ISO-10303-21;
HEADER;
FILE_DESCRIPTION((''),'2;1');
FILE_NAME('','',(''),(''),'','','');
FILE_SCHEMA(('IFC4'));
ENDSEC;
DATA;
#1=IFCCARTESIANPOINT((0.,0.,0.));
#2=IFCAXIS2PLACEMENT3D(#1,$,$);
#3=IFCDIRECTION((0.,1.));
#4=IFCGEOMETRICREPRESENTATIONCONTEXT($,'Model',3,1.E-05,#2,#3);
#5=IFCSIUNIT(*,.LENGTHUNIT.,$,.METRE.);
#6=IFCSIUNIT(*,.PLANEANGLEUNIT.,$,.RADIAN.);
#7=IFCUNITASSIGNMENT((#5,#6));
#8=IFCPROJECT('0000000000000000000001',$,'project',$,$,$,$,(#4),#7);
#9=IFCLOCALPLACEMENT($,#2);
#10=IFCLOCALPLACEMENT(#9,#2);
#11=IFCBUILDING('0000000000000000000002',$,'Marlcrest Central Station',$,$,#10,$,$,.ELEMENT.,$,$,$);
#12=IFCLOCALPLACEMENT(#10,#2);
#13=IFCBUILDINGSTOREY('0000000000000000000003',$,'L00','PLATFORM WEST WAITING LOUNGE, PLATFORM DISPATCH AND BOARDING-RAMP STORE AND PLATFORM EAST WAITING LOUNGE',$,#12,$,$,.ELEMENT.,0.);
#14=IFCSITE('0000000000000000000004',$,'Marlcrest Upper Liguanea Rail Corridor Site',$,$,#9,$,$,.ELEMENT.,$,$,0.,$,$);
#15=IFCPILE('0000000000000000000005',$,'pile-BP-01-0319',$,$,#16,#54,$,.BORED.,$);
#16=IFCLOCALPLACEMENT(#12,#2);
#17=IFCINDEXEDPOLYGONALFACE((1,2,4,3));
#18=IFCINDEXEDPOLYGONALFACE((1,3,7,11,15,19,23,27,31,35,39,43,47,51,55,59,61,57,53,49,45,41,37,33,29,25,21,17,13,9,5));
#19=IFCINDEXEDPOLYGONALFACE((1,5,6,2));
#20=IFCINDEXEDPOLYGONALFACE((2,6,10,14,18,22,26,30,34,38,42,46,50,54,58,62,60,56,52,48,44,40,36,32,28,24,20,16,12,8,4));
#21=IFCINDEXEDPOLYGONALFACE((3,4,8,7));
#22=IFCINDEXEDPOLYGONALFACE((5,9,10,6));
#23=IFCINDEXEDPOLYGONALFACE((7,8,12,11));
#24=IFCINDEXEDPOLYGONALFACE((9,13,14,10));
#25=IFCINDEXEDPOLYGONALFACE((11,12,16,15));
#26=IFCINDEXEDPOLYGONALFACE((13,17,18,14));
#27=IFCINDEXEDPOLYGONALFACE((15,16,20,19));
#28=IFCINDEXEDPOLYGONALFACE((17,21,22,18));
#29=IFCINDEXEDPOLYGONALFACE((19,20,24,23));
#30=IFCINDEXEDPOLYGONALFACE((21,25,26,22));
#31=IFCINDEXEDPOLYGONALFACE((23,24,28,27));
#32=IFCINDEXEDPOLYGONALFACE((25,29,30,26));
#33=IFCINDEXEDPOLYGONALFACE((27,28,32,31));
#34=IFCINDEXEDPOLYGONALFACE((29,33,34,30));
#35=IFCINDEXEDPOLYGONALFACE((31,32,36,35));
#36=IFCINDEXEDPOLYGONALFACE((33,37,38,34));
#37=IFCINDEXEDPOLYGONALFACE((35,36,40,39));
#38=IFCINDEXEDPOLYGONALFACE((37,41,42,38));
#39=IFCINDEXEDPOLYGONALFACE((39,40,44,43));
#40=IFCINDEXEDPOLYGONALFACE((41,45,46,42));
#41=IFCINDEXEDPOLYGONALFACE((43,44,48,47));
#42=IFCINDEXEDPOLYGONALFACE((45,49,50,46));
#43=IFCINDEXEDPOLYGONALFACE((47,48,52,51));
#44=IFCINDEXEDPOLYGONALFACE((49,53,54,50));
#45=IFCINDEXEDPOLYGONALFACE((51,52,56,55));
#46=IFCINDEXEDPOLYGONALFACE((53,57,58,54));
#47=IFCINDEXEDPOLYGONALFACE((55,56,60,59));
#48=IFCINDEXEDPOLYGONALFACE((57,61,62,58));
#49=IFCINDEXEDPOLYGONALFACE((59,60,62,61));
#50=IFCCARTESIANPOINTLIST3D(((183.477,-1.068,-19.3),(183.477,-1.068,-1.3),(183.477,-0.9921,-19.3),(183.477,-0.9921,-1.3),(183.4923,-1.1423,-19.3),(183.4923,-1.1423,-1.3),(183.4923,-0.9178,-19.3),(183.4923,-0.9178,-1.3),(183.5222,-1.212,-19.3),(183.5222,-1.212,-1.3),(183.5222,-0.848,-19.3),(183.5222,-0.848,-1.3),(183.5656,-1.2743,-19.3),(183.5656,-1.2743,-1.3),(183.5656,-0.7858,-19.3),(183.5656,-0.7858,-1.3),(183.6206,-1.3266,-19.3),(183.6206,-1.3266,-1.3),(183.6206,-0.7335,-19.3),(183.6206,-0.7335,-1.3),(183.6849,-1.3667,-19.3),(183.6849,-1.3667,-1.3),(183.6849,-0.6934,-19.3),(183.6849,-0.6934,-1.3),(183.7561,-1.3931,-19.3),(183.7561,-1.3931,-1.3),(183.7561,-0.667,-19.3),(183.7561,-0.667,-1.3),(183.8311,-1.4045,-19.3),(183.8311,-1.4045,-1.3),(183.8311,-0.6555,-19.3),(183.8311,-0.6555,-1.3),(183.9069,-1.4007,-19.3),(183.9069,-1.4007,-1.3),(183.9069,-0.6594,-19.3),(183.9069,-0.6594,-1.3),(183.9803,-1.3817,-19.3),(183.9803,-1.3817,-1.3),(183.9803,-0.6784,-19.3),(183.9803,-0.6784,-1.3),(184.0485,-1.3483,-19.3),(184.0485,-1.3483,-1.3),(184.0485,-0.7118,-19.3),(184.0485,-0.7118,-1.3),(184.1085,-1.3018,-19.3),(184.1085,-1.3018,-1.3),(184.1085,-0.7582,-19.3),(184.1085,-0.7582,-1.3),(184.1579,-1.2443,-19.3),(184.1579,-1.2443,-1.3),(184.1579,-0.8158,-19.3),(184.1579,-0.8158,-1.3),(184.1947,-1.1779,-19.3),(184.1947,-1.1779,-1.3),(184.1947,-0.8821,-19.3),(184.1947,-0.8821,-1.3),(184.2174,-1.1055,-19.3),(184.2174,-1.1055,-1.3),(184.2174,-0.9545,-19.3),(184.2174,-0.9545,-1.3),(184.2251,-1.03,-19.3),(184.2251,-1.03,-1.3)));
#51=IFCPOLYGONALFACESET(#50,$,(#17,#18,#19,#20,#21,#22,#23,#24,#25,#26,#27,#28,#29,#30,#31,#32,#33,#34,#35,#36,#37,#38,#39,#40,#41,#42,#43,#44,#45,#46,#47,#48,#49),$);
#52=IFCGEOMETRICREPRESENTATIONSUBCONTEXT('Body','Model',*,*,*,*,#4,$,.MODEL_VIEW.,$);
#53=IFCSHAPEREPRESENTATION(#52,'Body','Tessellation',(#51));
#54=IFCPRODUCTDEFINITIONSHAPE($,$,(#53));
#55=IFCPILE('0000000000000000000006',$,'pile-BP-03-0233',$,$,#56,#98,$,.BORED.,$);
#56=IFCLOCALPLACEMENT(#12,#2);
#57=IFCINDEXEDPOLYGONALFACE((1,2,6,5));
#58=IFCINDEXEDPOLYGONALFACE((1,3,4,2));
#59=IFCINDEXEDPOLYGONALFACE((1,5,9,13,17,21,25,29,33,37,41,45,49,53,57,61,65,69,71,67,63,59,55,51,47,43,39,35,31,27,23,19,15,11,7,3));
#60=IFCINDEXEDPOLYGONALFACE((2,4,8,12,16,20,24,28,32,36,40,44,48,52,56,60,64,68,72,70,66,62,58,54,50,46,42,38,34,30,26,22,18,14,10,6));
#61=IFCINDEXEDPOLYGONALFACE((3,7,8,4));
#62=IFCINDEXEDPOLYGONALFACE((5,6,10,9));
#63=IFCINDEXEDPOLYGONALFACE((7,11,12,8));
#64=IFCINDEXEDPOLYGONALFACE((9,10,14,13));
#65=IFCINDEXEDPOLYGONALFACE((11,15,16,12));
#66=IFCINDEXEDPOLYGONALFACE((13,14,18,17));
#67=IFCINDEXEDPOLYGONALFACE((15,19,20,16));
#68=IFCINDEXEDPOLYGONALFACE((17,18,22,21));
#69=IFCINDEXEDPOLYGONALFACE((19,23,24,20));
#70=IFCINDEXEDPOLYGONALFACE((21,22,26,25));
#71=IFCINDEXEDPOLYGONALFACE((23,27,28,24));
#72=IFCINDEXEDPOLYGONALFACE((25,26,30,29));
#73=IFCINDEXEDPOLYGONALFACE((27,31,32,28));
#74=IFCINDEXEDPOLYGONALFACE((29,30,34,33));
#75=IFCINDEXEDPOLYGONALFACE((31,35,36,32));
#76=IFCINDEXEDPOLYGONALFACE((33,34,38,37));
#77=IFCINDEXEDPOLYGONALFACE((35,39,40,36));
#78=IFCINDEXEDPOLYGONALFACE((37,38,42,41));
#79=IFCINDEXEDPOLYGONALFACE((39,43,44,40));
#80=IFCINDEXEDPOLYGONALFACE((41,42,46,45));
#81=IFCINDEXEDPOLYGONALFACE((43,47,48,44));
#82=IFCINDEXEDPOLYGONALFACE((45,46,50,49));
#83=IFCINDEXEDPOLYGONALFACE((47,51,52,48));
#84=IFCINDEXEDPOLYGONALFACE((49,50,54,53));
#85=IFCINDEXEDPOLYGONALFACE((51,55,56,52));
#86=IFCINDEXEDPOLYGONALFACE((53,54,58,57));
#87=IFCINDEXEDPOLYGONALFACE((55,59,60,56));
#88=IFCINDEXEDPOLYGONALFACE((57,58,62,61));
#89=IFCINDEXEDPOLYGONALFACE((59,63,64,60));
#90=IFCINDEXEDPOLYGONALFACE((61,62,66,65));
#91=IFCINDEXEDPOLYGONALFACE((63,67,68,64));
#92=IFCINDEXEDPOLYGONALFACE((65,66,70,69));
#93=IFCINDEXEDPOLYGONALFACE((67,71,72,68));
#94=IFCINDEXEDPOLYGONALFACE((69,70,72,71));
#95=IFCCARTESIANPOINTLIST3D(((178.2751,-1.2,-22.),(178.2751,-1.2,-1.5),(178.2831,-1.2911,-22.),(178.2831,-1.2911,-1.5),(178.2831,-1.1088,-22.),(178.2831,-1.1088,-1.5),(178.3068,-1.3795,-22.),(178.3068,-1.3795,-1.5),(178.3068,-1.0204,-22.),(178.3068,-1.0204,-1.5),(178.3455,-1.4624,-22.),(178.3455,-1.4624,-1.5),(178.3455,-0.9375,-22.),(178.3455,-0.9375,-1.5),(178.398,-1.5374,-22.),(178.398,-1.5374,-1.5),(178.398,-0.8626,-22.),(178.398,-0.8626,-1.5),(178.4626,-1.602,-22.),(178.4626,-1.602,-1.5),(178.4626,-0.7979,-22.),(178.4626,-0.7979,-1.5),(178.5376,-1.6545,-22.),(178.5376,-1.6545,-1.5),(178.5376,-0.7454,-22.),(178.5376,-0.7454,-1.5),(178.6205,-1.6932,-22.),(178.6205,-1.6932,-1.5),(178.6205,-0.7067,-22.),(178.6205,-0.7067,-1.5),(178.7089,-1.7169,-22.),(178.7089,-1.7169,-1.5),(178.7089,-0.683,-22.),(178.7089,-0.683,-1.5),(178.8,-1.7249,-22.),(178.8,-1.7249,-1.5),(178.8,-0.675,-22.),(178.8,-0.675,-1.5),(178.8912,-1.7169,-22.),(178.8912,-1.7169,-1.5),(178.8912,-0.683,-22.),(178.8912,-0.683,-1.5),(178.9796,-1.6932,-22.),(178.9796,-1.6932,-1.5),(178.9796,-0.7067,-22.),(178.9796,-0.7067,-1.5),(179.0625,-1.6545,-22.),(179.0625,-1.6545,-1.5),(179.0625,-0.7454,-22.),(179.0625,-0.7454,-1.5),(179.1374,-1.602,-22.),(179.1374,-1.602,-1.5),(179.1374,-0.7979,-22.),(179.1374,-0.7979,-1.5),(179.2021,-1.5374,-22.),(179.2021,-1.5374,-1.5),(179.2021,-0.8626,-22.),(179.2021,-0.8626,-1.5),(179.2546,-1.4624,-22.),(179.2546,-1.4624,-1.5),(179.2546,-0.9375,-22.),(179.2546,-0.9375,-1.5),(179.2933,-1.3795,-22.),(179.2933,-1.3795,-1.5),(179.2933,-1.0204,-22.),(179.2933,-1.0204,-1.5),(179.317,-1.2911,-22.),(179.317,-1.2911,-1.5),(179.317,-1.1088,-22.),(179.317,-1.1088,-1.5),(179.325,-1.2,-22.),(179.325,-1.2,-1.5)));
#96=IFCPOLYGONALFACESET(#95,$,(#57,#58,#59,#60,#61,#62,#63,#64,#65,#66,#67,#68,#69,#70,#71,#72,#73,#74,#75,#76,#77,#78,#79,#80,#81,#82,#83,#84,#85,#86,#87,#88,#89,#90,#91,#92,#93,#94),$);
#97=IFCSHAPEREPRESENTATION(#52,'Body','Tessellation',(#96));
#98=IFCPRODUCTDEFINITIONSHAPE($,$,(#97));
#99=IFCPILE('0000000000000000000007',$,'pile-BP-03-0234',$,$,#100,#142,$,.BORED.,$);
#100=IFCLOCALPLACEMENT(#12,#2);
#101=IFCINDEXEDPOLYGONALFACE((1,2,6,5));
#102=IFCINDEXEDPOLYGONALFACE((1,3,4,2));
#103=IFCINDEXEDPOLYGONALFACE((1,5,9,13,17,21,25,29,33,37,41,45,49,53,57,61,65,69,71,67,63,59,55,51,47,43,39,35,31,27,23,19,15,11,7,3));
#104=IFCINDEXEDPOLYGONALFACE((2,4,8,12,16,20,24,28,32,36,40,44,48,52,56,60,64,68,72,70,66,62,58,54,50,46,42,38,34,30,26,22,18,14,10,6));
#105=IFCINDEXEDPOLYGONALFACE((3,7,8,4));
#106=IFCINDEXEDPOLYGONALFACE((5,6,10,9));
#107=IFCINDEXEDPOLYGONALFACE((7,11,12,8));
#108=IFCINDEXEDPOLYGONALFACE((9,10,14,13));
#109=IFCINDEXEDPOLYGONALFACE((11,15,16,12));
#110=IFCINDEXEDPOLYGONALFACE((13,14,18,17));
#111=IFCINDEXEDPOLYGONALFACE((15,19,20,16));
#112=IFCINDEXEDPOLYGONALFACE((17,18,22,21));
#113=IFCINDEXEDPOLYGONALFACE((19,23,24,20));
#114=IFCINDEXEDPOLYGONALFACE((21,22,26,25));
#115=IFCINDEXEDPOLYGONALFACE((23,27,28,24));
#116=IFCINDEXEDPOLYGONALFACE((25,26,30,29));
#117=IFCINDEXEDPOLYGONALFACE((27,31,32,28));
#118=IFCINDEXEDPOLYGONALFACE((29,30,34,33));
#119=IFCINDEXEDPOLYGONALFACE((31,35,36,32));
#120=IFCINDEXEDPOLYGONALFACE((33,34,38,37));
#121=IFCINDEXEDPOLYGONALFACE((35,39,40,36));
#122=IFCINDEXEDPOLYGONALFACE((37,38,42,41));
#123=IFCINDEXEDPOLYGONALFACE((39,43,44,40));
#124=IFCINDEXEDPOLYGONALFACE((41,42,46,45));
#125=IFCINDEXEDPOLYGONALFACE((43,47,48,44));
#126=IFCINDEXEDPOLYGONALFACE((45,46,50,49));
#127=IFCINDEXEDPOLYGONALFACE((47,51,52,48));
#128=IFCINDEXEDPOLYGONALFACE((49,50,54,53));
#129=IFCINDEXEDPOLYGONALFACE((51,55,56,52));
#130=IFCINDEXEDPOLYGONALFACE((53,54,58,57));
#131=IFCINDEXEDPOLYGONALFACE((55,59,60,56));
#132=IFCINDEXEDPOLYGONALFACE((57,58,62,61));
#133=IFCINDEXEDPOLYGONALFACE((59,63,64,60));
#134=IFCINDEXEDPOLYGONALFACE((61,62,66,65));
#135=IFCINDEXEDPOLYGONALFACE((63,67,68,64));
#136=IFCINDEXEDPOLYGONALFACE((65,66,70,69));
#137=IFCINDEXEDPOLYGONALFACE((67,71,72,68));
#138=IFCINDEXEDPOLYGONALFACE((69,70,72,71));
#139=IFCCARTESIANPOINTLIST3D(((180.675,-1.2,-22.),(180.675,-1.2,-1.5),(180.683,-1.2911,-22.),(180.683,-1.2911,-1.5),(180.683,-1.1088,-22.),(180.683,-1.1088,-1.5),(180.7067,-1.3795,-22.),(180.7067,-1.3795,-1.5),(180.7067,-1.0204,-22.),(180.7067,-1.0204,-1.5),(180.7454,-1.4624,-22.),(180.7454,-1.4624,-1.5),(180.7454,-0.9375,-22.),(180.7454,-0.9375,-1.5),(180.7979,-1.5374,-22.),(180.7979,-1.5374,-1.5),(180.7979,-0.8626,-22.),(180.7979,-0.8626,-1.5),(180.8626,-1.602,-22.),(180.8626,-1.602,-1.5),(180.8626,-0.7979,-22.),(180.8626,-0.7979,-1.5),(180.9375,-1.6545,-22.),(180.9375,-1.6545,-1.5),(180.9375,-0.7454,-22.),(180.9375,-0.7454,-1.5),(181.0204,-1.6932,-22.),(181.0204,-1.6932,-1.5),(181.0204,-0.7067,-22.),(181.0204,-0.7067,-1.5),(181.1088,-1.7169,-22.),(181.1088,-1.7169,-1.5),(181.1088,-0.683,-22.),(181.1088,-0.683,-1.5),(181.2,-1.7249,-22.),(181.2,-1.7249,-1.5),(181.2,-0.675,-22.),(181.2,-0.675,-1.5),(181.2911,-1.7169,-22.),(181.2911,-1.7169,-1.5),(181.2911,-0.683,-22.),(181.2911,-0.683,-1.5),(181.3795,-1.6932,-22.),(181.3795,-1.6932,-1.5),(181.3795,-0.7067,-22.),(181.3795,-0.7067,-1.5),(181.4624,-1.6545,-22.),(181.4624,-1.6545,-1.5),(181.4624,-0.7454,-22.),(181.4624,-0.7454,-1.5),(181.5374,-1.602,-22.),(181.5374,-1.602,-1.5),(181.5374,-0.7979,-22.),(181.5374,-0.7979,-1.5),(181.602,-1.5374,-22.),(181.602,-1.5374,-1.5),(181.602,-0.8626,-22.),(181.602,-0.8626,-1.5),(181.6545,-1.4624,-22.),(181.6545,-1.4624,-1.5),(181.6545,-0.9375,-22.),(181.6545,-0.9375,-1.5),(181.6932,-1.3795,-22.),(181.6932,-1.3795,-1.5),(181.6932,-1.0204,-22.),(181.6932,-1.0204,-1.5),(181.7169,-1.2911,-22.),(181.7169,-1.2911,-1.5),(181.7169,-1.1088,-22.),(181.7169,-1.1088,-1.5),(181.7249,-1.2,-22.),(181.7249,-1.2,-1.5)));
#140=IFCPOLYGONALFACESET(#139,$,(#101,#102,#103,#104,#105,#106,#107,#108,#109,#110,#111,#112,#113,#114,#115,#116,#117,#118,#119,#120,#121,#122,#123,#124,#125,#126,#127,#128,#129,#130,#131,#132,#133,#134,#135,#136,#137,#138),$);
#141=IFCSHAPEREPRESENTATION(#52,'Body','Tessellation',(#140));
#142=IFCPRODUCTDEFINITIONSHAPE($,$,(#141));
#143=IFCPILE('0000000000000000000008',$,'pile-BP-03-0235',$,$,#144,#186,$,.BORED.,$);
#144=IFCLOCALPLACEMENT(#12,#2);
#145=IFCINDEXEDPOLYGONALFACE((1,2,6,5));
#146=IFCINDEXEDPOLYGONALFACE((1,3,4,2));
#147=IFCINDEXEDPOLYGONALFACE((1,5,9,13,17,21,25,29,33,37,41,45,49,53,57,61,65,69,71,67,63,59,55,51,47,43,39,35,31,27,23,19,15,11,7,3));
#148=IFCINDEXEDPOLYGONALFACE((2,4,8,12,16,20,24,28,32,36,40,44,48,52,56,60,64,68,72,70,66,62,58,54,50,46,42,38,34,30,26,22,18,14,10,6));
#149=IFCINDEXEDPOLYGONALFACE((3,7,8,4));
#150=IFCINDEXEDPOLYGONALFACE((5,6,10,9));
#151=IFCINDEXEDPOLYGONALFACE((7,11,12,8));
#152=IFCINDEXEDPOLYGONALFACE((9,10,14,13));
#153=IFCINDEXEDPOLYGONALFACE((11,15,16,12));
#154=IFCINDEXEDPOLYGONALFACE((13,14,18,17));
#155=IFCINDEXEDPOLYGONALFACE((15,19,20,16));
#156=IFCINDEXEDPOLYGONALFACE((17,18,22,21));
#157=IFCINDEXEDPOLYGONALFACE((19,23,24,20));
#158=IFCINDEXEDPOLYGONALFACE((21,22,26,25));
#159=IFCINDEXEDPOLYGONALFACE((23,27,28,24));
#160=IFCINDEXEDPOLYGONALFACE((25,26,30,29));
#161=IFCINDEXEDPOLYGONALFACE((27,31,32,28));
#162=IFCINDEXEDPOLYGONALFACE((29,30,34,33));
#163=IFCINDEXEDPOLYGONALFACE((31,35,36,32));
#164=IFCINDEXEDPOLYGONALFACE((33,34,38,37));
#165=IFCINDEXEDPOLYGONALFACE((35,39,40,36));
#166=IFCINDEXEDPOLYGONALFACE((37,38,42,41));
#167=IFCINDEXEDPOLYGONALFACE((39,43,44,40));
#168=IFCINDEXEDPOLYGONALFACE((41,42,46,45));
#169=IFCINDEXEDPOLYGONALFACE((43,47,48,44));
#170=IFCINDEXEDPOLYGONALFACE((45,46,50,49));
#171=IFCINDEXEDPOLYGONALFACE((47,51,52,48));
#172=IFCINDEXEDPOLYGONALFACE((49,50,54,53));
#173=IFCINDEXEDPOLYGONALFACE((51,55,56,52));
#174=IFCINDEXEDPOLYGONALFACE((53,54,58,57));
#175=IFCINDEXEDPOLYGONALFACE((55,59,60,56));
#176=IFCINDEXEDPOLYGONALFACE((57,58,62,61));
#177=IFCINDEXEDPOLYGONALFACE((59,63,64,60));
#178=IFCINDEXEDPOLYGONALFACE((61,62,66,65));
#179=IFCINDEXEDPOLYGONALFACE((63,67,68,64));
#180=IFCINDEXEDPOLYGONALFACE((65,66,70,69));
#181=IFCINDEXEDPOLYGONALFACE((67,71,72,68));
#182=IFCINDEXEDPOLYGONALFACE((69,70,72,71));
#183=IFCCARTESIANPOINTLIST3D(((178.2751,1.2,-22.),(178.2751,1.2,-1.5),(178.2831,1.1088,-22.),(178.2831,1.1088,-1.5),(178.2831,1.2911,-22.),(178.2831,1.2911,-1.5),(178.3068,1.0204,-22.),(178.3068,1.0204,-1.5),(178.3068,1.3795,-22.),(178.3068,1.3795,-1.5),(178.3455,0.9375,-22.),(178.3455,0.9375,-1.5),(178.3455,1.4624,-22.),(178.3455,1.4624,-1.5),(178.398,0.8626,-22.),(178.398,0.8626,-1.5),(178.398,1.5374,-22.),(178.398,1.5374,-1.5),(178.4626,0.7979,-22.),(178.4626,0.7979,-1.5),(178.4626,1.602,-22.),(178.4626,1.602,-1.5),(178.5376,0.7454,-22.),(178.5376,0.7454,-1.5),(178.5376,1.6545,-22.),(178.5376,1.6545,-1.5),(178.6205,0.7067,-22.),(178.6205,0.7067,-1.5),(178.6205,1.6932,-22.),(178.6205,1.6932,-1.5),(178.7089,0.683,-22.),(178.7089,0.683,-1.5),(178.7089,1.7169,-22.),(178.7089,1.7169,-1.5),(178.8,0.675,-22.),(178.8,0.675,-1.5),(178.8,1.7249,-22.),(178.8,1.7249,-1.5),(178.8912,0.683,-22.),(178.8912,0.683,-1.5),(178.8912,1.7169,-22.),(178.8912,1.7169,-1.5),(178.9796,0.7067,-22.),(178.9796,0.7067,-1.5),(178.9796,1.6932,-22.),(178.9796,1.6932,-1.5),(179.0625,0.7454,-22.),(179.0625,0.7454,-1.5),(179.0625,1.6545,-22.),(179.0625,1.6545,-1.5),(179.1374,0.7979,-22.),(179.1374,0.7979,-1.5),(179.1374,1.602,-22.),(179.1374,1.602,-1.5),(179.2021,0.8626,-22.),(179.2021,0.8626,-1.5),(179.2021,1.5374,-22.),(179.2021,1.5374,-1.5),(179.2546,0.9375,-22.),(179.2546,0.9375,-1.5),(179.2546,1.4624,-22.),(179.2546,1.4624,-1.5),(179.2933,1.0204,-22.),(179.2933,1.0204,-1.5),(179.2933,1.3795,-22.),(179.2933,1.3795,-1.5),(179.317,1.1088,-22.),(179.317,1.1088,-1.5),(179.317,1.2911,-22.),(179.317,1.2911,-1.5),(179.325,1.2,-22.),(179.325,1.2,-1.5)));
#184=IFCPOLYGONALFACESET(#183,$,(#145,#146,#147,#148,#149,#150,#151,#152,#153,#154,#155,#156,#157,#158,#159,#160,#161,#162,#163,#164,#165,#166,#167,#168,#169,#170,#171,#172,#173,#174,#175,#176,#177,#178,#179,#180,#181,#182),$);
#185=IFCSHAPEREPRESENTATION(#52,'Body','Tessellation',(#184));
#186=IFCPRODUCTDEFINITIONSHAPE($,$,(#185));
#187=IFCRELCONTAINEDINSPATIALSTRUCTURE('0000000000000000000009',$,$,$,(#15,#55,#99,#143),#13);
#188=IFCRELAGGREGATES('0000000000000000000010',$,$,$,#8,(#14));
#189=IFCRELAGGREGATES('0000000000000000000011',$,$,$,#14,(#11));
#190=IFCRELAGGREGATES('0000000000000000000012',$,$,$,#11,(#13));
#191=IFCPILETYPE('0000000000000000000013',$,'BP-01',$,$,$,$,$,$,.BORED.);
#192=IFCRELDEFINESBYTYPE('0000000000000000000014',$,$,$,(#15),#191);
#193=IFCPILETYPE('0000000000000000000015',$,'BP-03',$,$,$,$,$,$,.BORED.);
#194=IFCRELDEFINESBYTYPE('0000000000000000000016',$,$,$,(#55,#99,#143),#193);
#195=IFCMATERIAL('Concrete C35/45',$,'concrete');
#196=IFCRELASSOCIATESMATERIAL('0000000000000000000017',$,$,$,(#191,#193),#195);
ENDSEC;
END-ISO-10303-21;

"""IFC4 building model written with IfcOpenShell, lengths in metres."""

from ifc_helpers import new_model, si_unit, direction, frame, origin, origin_2d, place, context, subcontext, project, spatial, circle, extrude, material, material_profile, profile_set, type_object, element, save


model = new_model("IFC4")

# Units and contexts
model_context = context("Model", 3, precision=1e-05, world=origin(), true_north=direction((0.0, 1.0)))
body_context = subcontext(model_context, "Body", "Model", "MODEL_VIEW")
ifc_project = project(units=[si_unit("LENGTHUNIT", "METRE"), si_unit("PLANEANGLEUNIT", "RADIAN")], contexts=[model_context])

# Site, building, storey
site_placement = place(None, origin())
site = spatial("IfcSite", under=ifc_project, at=site_placement, Name="Marlcrest Upper Liguanea Rail Corridor Site", CompositionType="ELEMENT", RefElevation=0.0)
building_placement = place(site_placement, origin())
building = spatial("IfcBuilding", under=site, at=building_placement, Name="Marlcrest Central Station", CompositionType="ELEMENT")
storey_placement = place(building_placement, origin())
storey = spatial("IfcBuildingStorey", under=building, at=storey_placement, Name="L00", Description="PLATFORM WEST WAITING LOUNGE, PLATFORM DISPATCH AND BOARDING-RAMP STORE AND PLATFORM EAST WAITING LOUNGE", CompositionType="ELEMENT", Elevation=0.0)

# Piles
ifc_material_1 = material(Name="Concrete C35/45", Category="concrete")
ifc_material_profile_1 = material_profile(ifc_material_1, circle(Radius=0.375, at=origin_2d()), Name="PILE D750")
ifc_profile_set_1 = profile_set([ifc_material_profile_1], Name="Concrete C35/45")
pile_type_1 = type_object("IfcPileType", Name="BP-01", PredefinedType="BORED", material=ifc_profile_set_1)
pile_placement = place(storey_placement, frame((183.8501, -1.03, -1.3), z_axis=(0.0, 0.0, -1.0), x_axis=(1.0, 0.0, 0.0)))
element("IfcPile", 1, at=pile_placement, inside=storey, type_object=pile_type_1, Name="pile-BP-01-0319", PredefinedType="BORED", context=body_context, shape_type="SweptSolid", body=[
    extrude(circle(Radius=0.375, at=origin_2d()), origin(), (0.0, 0.0, 1.0), 18.0),
])
ifc_material_profile_2 = material_profile(ifc_material_1, circle(Radius=0.5249, at=origin_2d()), Name="PILE D1050")
ifc_profile_set_2 = profile_set([ifc_material_profile_2], Name="Concrete C35/45")
pile_type_2 = type_object("IfcPileType", Name="BP-03", PredefinedType="BORED", material=ifc_profile_set_2)
for number, where, z_axis, x_axis, name in (
    (2, (178.8, -1.2, -1.5), (0.0, 0.0, -1.0), (1.0, 0.0, 0.0), "pile-BP-03-0233"),
    (3, (181.2, -1.2, -1.5), (0.0, 0.0, -1.0), (1.0, 0.0, 0.0), "pile-BP-03-0234"),
    (4, (178.8, 1.2, -1.5), (0.0, 0.0, -1.0), (1.0, 0.0, 0.0), "pile-BP-03-0235"),
):
    element("IfcPile", number, at=place(storey_placement, frame(where, z_axis=z_axis, x_axis=x_axis)), inside=storey, type_object=pile_type_2, Name=name, PredefinedType="BORED", context=body_context, shape_type="SweptSolid", body=[
        extrude(circle(Radius=0.5249, at=origin_2d()), origin(), (0.0, 0.0, 1.0), 20.5),
    ])

save(model, "model.ifc")
